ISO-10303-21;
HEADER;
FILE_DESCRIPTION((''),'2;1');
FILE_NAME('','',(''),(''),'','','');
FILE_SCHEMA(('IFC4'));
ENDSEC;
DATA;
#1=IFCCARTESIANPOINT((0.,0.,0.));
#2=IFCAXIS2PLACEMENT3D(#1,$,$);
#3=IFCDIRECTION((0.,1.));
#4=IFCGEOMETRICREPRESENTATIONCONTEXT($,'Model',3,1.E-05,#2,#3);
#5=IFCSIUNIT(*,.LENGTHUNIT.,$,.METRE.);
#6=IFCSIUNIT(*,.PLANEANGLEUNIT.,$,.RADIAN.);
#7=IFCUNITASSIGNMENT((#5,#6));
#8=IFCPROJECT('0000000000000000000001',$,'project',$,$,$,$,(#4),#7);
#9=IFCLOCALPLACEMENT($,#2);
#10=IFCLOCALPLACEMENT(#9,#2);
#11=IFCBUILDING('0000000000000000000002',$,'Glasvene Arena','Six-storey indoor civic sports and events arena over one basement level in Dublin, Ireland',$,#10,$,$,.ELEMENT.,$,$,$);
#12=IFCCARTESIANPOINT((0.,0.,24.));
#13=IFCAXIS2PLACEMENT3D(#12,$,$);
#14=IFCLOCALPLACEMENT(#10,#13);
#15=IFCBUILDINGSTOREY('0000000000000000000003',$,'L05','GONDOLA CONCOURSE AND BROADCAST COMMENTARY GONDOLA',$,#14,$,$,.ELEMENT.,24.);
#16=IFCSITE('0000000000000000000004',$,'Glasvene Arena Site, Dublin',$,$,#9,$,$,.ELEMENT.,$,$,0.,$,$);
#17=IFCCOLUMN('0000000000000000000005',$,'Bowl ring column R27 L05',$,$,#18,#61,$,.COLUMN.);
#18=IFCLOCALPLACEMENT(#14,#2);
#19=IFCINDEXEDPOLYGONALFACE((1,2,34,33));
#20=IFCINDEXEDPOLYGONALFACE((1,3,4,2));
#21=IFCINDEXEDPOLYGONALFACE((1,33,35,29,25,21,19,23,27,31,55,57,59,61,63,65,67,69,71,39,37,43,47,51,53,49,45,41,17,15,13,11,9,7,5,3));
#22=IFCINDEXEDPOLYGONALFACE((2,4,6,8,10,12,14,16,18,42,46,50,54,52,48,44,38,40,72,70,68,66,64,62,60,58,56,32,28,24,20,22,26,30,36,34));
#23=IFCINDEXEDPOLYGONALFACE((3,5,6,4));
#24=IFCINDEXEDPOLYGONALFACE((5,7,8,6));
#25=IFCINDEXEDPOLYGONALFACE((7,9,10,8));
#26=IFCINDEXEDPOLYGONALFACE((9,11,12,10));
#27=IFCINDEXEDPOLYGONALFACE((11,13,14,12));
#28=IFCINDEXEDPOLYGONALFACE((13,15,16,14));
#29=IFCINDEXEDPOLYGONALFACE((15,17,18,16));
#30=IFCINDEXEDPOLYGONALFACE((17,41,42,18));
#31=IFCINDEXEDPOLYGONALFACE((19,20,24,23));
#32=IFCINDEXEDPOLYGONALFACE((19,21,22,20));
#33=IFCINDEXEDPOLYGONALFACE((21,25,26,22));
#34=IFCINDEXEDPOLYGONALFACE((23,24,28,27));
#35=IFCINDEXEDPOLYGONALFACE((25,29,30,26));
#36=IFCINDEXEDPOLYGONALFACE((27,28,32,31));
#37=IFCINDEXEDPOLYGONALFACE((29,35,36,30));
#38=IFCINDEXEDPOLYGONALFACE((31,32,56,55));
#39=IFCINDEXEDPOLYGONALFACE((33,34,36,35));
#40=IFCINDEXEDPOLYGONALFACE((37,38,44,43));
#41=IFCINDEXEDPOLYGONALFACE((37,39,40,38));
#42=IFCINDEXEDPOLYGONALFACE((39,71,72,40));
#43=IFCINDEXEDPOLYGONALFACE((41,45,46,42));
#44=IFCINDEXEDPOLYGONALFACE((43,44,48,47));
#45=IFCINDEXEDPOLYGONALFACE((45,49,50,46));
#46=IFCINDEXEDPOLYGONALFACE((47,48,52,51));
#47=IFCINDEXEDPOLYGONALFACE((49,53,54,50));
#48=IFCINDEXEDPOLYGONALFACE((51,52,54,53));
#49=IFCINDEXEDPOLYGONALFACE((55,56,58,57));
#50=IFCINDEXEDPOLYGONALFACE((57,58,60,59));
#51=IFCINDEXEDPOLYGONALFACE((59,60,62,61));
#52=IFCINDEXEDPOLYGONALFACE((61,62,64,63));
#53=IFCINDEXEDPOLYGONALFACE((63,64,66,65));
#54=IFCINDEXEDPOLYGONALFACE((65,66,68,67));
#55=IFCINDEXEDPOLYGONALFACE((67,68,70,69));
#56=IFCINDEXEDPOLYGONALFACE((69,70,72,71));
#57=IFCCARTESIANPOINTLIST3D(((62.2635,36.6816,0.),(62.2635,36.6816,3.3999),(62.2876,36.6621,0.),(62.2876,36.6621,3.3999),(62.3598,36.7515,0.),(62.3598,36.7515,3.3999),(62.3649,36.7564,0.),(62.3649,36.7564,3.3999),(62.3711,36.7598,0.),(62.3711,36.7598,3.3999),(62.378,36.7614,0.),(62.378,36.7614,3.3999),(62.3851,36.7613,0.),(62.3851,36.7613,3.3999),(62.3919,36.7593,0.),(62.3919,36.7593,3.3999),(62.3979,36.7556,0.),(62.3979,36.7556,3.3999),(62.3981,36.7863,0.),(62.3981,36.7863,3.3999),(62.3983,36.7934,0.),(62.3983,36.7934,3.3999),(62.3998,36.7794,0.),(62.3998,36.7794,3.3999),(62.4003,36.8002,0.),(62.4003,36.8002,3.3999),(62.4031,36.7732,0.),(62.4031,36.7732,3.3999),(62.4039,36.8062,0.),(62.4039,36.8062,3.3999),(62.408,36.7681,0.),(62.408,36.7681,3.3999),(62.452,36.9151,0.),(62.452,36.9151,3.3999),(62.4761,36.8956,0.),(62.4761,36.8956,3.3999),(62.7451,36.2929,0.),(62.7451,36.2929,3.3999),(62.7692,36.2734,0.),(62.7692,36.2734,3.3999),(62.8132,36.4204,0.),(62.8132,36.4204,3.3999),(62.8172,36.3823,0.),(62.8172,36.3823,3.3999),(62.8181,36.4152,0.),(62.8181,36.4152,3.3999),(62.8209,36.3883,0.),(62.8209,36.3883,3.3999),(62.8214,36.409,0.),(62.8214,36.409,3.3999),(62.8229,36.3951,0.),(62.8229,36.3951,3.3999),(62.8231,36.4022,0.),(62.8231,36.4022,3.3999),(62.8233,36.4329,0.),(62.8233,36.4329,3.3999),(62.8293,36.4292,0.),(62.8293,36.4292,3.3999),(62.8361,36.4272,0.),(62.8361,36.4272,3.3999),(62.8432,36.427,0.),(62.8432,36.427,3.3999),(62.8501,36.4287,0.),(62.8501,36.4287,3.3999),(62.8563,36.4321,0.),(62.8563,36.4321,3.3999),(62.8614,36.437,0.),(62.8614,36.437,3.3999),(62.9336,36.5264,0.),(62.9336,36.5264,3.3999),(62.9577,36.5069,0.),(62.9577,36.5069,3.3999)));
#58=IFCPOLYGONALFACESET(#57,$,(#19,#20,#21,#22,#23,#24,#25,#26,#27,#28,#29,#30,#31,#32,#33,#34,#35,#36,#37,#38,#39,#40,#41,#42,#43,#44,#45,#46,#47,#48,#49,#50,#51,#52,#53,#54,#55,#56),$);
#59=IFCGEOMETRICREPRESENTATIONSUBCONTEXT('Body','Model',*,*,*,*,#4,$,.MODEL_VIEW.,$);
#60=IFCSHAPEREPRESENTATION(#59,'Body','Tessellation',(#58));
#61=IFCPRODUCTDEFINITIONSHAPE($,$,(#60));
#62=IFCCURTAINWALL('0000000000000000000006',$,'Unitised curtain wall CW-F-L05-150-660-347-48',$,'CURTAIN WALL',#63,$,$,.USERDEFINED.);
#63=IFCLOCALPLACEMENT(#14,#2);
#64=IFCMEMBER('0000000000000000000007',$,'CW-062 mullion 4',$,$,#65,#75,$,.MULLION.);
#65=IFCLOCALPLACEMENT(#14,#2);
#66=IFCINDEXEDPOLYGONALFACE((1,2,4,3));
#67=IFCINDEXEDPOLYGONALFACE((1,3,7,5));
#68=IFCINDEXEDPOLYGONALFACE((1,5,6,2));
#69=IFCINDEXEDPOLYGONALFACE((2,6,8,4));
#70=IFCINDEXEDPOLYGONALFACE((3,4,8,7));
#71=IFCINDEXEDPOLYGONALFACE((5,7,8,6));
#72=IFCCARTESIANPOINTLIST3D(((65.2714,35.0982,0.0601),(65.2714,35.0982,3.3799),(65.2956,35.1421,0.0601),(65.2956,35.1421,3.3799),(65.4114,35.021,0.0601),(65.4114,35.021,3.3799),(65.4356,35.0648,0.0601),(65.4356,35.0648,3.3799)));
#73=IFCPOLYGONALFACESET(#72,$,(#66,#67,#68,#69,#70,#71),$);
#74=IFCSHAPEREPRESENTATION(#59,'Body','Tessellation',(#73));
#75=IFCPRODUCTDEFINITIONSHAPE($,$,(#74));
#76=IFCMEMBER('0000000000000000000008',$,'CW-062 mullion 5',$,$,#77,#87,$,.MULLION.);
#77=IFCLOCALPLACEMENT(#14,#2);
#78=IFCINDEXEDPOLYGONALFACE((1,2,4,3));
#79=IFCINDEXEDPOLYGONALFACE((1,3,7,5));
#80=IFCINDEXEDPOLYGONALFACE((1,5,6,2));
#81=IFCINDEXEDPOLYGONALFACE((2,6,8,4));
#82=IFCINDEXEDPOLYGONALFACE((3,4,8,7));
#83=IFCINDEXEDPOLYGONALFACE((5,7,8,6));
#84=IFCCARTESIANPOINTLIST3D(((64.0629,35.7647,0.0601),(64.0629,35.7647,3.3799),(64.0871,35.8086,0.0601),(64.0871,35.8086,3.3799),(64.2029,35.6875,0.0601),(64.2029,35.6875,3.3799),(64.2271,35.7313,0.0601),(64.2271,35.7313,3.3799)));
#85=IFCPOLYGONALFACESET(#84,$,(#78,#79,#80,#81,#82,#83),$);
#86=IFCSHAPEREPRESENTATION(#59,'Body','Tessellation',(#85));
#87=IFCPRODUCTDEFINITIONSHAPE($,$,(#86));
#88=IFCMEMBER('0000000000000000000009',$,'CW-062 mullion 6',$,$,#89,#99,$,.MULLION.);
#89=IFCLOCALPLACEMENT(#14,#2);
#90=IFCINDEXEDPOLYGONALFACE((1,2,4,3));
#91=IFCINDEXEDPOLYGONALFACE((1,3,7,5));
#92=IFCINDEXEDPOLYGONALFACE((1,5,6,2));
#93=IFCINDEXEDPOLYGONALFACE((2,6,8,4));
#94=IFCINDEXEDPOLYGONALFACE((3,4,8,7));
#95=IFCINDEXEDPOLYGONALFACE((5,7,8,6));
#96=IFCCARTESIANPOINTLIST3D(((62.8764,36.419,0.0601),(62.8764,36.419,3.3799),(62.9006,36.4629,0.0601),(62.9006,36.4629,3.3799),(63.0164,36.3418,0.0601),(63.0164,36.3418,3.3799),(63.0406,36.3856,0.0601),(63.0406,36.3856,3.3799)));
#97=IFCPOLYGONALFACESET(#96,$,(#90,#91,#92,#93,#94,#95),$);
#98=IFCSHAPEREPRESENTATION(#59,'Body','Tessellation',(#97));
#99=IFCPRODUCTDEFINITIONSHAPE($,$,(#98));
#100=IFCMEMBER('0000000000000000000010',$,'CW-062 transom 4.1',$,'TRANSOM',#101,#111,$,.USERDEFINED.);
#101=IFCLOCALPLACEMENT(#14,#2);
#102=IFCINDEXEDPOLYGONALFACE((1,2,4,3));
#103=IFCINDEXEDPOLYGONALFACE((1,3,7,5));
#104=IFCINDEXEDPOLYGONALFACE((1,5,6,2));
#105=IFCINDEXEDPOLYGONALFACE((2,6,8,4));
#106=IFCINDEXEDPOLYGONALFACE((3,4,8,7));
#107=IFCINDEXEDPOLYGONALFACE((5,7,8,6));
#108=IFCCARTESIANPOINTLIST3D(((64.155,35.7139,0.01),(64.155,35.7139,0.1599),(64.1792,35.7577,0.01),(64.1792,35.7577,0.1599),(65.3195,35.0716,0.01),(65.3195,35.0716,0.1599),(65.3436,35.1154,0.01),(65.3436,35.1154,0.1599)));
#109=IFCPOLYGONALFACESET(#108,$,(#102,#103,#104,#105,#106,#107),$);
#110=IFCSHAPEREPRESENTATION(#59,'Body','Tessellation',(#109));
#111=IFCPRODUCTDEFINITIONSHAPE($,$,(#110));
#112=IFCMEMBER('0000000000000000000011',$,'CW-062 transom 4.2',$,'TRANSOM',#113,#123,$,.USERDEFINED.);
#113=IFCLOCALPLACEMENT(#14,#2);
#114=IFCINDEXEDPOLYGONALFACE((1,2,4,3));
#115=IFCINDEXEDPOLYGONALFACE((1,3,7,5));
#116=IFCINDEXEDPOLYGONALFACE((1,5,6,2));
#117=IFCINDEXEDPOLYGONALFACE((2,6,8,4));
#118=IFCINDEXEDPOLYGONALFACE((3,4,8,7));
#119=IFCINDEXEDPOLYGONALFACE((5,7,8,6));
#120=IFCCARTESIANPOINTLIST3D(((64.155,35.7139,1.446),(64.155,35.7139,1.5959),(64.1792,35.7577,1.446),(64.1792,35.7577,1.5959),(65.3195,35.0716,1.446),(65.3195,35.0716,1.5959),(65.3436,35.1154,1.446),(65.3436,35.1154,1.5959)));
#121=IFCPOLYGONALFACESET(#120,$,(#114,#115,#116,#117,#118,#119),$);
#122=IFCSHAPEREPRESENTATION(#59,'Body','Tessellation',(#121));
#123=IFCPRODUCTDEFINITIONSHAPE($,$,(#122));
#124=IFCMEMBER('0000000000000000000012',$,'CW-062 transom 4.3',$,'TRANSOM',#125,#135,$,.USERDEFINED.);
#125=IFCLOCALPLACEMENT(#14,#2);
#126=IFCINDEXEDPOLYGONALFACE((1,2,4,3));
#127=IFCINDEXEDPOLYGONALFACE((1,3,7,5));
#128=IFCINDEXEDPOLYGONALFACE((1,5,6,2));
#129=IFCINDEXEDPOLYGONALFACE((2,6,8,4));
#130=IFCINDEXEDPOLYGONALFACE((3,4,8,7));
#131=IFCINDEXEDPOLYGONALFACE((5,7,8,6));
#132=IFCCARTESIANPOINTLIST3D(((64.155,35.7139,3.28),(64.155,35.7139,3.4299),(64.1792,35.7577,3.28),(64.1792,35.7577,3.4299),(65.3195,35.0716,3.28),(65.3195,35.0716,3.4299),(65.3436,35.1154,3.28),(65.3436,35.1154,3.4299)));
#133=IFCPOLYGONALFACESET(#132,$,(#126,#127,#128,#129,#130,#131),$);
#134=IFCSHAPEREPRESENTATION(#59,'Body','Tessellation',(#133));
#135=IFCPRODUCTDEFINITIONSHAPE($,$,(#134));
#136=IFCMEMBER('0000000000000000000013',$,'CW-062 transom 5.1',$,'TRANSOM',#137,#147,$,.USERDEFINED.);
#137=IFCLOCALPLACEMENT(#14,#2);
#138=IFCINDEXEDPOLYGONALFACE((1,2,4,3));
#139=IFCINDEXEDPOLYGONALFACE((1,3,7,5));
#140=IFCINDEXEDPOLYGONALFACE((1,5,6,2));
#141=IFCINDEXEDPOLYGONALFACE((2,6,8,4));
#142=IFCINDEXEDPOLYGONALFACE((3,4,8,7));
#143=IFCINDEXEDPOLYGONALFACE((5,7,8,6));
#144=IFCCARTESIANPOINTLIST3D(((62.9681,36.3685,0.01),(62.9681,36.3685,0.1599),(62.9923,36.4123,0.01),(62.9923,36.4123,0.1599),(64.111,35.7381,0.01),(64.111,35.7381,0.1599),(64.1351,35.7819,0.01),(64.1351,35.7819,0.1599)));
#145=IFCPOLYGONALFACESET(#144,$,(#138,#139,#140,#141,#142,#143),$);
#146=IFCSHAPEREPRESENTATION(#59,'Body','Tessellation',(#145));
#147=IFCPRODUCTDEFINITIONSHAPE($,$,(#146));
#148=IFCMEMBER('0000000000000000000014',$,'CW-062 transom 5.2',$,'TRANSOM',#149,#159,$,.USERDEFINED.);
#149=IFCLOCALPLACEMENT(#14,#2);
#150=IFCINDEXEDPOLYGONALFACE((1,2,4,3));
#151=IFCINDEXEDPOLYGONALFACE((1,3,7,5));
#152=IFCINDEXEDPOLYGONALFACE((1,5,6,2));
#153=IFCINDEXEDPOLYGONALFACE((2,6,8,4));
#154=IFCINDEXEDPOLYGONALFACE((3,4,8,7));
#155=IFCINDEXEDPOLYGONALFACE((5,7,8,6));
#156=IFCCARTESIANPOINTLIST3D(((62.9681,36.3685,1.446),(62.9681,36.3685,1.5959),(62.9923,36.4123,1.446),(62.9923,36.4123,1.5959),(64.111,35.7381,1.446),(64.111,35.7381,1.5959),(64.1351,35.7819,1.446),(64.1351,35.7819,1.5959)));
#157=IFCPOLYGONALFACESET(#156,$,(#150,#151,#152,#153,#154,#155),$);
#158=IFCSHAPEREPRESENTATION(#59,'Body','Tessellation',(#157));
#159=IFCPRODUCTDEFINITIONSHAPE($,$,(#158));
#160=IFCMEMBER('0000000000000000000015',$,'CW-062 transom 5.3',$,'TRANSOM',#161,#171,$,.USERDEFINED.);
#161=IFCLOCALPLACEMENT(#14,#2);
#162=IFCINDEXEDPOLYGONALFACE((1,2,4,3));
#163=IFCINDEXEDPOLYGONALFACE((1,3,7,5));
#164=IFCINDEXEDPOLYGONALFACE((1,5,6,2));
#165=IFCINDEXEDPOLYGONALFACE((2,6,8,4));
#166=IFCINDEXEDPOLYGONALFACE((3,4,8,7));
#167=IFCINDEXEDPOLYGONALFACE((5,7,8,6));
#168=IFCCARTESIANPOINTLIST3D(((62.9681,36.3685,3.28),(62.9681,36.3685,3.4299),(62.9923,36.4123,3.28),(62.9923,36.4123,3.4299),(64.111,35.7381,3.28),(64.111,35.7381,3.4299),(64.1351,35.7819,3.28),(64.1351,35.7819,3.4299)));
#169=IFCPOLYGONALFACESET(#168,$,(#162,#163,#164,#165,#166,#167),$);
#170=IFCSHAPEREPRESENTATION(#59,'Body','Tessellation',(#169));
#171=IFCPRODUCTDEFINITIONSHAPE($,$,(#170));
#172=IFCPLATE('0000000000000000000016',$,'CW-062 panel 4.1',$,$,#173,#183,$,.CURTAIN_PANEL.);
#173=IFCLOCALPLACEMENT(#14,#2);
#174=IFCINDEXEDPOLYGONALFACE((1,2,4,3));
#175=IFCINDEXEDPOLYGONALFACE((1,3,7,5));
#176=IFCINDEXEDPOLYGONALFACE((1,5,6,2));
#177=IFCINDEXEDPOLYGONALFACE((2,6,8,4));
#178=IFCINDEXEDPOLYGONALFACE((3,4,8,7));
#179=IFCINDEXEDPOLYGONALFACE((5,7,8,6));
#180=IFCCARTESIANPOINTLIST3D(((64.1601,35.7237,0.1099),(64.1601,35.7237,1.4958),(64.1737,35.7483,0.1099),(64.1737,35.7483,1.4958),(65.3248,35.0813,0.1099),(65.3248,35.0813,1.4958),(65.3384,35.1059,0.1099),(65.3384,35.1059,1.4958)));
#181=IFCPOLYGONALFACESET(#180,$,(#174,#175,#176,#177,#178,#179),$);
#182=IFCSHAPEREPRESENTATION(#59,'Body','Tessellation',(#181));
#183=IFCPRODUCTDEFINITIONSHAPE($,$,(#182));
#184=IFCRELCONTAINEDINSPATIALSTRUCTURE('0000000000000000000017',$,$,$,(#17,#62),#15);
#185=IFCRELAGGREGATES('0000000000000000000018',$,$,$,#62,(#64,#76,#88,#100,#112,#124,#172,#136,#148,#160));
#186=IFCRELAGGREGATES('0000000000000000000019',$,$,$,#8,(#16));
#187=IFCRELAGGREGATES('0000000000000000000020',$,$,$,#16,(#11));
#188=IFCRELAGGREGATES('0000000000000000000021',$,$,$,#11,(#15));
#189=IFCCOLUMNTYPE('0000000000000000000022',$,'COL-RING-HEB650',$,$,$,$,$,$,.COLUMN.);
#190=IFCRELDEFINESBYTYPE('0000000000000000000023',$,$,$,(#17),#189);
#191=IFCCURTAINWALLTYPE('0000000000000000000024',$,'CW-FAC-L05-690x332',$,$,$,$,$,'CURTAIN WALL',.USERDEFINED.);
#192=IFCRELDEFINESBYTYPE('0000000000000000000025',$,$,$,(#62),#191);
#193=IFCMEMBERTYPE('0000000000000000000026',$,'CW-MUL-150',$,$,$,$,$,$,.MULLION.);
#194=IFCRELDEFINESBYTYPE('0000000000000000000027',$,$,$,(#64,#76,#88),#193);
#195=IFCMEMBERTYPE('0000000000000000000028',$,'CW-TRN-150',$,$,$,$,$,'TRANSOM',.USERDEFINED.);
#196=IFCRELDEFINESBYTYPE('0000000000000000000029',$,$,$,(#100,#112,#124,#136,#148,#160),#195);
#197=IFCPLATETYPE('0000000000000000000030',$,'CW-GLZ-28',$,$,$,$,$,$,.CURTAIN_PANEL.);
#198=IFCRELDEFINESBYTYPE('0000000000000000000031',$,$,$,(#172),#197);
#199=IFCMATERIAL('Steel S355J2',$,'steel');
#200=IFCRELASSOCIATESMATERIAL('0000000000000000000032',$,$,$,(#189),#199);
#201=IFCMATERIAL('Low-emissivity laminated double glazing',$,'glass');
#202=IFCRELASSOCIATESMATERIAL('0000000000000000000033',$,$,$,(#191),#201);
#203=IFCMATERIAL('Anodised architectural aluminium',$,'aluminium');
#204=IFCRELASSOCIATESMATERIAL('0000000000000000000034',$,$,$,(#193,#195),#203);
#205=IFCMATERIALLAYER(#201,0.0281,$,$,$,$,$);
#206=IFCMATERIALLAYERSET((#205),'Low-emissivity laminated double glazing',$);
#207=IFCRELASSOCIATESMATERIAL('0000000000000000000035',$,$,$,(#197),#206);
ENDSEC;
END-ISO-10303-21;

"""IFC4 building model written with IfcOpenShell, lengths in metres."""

from ifc_helpers import new_model, si_unit, direction, frame, origin, origin_2d, place, context, subcontext, project, spatial, rectangle, i_section, extrude, material, layer, layer_set, material_profile, profile_set, type_object, element, aggregate, save


model = new_model("IFC4")

# Units and contexts
model_context = context("Model", 3, precision=1e-05, world=origin(), true_north=direction((0.0, 1.0)))
body_context = subcontext(model_context, "Body", "Model", "MODEL_VIEW")
ifc_project = project(units=[si_unit("LENGTHUNIT", "METRE"), si_unit("PLANEANGLEUNIT", "RADIAN")], contexts=[model_context])

# Site, building, storey
site_placement = place(None, origin())
site = spatial("IfcSite", under=ifc_project, at=site_placement, Name="Glasvene Arena Site, Dublin", CompositionType="ELEMENT", RefElevation=0.0)
building_placement = place(site_placement, origin())
building = spatial("IfcBuilding", under=site, at=building_placement, Name="Glasvene Arena", Description="Six-storey indoor civic sports and events arena over one basement level in Dublin, Ireland", CompositionType="ELEMENT")
storey_placement = place(building_placement, frame((0.0, 0.0, 24.0)))
storey = spatial("IfcBuildingStorey", under=building, at=storey_placement, Name="L05", Description="GONDOLA CONCOURSE AND BROADCAST COMMENTARY GONDOLA", CompositionType="ELEMENT", Elevation=24.0)

# Column
ifc_material_1 = material(Name="Steel S355J2", Category="steel")
ifc_material_profile_1 = material_profile(ifc_material_1, i_section(OverallWidth=0.3, OverallDepth=0.6499, WebThickness=0.0161, FlangeThickness=0.031, FilletRadius=0.0271, at=origin_2d()), Name="HEB 650")
ifc_profile_set_1 = profile_set([ifc_material_profile_1], Name="Steel S355J2")
column_type = type_object("IfcColumnType", Name="COL-RING-HEB650", PredefinedType="COLUMN", material=ifc_profile_set_1)
column_placement = place(storey_placement, frame((62.6106, 36.5942, 0.0), z_axis=(0.0, 0.0, 1.0), x_axis=(-0.628099, -0.778134, 0.0)))
element("IfcColumn", 1, at=column_placement, inside=storey, type_object=column_type, Name="Bowl ring column R27 L05", PredefinedType="COLUMN", context=body_context, shape_type="SweptSolid", body=[
    extrude(i_section(OverallWidth=0.3, OverallDepth=0.6499, WebThickness=0.0161, FlangeThickness=0.031, FilletRadius=0.0271, at=origin_2d()), origin(), (0.0, 0.0, 1.0), 3.3999),
])

# Curtain wall, members, plate
ifc_material_2 = material(Name="Low-emissivity laminated double glazing", Category="glass")
curtain_wall_type = type_object("IfcCurtainWallType", Name="CW-FAC-L05-690x332", ElementType="CURTAIN WALL", PredefinedType="USERDEFINED", material=ifc_material_2)
curtain_wall_placement = place(storey_placement, frame((68.979, 33.0818, 0.0)))
curtain_wall = element("IfcCurtainWall", 2, at=curtain_wall_placement, inside=storey, type_object=curtain_wall_type, Name="Unitised curtain wall CW-F-L05-150-660-347-48", ObjectType="CURTAIN WALL", PredefinedType="USERDEFINED")
ifc_material_3 = material(Name="Anodised architectural aluminium", Category="aluminium")
ifc_material_profile_2 = material_profile(ifc_material_3, rectangle(XDim=0.05, YDim=0.1599, at=origin_2d()), Name="ALU MULLION 50x160")
ifc_profile_set_2 = profile_set([ifc_material_profile_2], Name="Anodised architectural aluminium")
member_type_1 = type_object("IfcMemberType", Name="CW-MUL-150", PredefinedType="MULLION", material=ifc_profile_set_2)
member_1_placement = place(storey_placement, frame((65.3535, 35.0815, 0.0601), z_axis=(0.0, 0.0, 1.0), x_axis=(-0.482939, -0.875654, 0.0)))
member_1 = element("IfcMember", 3, at=member_1_placement, type_object=member_type_1, Name="CW-062 mullion 4", PredefinedType="MULLION", context=body_context, shape_type="SweptSolid", body=[
    extrude(rectangle(XDim=0.05, YDim=0.1599, at=origin_2d()), origin(), (0.0, 0.0, 1.0), 3.3198),
])
member_2_placement = place(storey_placement, frame((64.145, 35.748, 0.0601), z_axis=(0.0, 0.0, 1.0), x_axis=(-0.482939, -0.875654, 0.0)))
member_2 = element("IfcMember", 4, at=member_2_placement, type_object=member_type_1, Name="CW-062 mullion 5", PredefinedType="MULLION", context=body_context, shape_type="SweptSolid", body=[
    extrude(rectangle(XDim=0.05, YDim=0.1599, at=origin_2d()), origin(), (0.0, 0.0, 1.0), 3.3198),
])
member_3_placement = place(storey_placement, frame((62.9585, 36.4023, 0.0601), z_axis=(0.0, 0.0, 1.0), x_axis=(-0.482939, -0.875654, 0.0)))
member_3 = element("IfcMember", 5, at=member_3_placement, type_object=member_type_1, Name="CW-062 mullion 6", PredefinedType="MULLION", context=body_context, shape_type="SweptSolid", body=[
    extrude(rectangle(XDim=0.05, YDim=0.1599, at=origin_2d()), origin(), (0.0, 0.0, 1.0), 3.3198),
])
ifc_material_profile_3 = material_profile(ifc_material_3, rectangle(XDim=0.05, YDim=0.1499, at=origin_2d()), Name="ALU TRANSOM 50x150")
ifc_profile_set_3 = profile_set([ifc_material_profile_3], Name="Anodised architectural aluminium")
member_type_2 = type_object("IfcMemberType", Name="CW-TRN-150", ElementType="TRANSOM", PredefinedType="USERDEFINED", material=ifc_profile_set_3)
member_4_placement = place(storey_placement, frame((65.3315, 35.0935, 0.085), z_axis=(-0.875634, 0.482975, 0.0), x_axis=(-0.482975, -0.875634, 0.0)))
member_4 = element("IfcMember", 6, at=member_4_placement, type_object=member_type_2, Name="CW-062 transom 4.1", ObjectType="TRANSOM", PredefinedType="USERDEFINED", context=body_context, shape_type="SweptSolid", body=[
    extrude(rectangle(XDim=0.05, YDim=0.1499, at=origin_2d()), origin(), (0.0, 0.0, 1.0), 1.3298),
])
member_5_placement = place(storey_placement, frame((65.3315, 35.0935, 1.521), z_axis=(-0.875634, 0.482975, 0.0), x_axis=(-0.482975, -0.875634, 0.0)))
member_5 = element("IfcMember", 7, at=member_5_placement, type_object=member_type_2, Name="CW-062 transom 4.2", ObjectType="TRANSOM", PredefinedType="USERDEFINED", context=body_context, shape_type="SweptSolid", body=[
    extrude(rectangle(XDim=0.05, YDim=0.1499, at=origin_2d()), origin(), (0.0, 0.0, 1.0), 1.3298),
])
member_6_placement = place(storey_placement, frame((65.3315, 35.0935, 3.355), z_axis=(-0.875634, 0.482975, 0.0), x_axis=(-0.482975, -0.875634, 0.0)))
member_6 = element("IfcMember", 8, at=member_6_placement, type_object=member_type_2, Name="CW-062 transom 4.3", ObjectType="TRANSOM", PredefinedType="USERDEFINED", context=body_context, shape_type="SweptSolid", body=[
    extrude(rectangle(XDim=0.05, YDim=0.1499, at=origin_2d()), origin(), (0.0, 0.0, 1.0), 1.3298),
])
member_7_placement = place(storey_placement, frame((64.123, 35.76, 0.085), z_axis=(-0.875627, 0.482988, 0.0), x_axis=(-0.482988, -0.875627, 0.0)))
member_7 = element("IfcMember", 9, at=member_7_placement, type_object=member_type_2, Name="CW-062 transom 5.1", ObjectType="TRANSOM", PredefinedType="USERDEFINED", context=body_context, shape_type="SweptSolid", body=[
    extrude(rectangle(XDim=0.05, YDim=0.1499, at=origin_2d()), origin(), (0.0, 0.0, 1.0), 1.3052),
])
member_8_placement = place(storey_placement, frame((64.123, 35.76, 1.521), z_axis=(-0.875627, 0.482988, 0.0), x_axis=(-0.482988, -0.875627, 0.0)))
member_8 = element("IfcMember", 10, at=member_8_placement, type_object=member_type_2, Name="CW-062 transom 5.2", ObjectType="TRANSOM", PredefinedType="USERDEFINED", context=body_context, shape_type="SweptSolid", body=[
    extrude(rectangle(XDim=0.05, YDim=0.1499, at=origin_2d()), origin(), (0.0, 0.0, 1.0), 1.3052),
])
member_9_placement = place(storey_placement, frame((64.123, 35.76, 3.355), z_axis=(-0.875627, 0.482988, 0.0), x_axis=(-0.482988, -0.875627, 0.0)))
member_9 = element("IfcMember", 11, at=member_9_placement, type_object=member_type_2, Name="CW-062 transom 5.3", ObjectType="TRANSOM", PredefinedType="USERDEFINED", context=body_context, shape_type="SweptSolid", body=[
    extrude(rectangle(XDim=0.05, YDim=0.1499, at=origin_2d()), origin(), (0.0, 0.0, 1.0), 1.3052),
])
ifc_layer_1 = layer(ifc_material_2, 0.0281)
ifc_layer_set_1 = layer_set([ifc_layer_1], Name="Low-emissivity laminated double glazing")
plate_type = type_object("IfcPlateType", Name="CW-GLZ-28", PredefinedType="CURTAIN_PANEL", material=ifc_layer_set_1)
plate_1_placement = place(storey_placement, frame((64.7493, 35.4148, 0.1099), z_axis=(0.0, 0.0, 1.0), x_axis=(-0.875654, 0.482939, 0.0)))
plate_1 = element("IfcPlate", 12, at=plate_1_placement, type_object=plate_type, Name="CW-062 panel 4.1", PredefinedType="CURTAIN_PANEL", context=body_context, shape_type="SweptSolid", body=[
    extrude(rectangle(XDim=1.3301, YDim=0.0281, at=origin_2d()), origin(), (0.0, 0.0, 1.0), 1.386),
])
aggregate(curtain_wall, [member_1, member_2, member_3, member_4, member_5, member_6, plate_1, member_7, member_8, member_9])

save(model, "model.ifc")
